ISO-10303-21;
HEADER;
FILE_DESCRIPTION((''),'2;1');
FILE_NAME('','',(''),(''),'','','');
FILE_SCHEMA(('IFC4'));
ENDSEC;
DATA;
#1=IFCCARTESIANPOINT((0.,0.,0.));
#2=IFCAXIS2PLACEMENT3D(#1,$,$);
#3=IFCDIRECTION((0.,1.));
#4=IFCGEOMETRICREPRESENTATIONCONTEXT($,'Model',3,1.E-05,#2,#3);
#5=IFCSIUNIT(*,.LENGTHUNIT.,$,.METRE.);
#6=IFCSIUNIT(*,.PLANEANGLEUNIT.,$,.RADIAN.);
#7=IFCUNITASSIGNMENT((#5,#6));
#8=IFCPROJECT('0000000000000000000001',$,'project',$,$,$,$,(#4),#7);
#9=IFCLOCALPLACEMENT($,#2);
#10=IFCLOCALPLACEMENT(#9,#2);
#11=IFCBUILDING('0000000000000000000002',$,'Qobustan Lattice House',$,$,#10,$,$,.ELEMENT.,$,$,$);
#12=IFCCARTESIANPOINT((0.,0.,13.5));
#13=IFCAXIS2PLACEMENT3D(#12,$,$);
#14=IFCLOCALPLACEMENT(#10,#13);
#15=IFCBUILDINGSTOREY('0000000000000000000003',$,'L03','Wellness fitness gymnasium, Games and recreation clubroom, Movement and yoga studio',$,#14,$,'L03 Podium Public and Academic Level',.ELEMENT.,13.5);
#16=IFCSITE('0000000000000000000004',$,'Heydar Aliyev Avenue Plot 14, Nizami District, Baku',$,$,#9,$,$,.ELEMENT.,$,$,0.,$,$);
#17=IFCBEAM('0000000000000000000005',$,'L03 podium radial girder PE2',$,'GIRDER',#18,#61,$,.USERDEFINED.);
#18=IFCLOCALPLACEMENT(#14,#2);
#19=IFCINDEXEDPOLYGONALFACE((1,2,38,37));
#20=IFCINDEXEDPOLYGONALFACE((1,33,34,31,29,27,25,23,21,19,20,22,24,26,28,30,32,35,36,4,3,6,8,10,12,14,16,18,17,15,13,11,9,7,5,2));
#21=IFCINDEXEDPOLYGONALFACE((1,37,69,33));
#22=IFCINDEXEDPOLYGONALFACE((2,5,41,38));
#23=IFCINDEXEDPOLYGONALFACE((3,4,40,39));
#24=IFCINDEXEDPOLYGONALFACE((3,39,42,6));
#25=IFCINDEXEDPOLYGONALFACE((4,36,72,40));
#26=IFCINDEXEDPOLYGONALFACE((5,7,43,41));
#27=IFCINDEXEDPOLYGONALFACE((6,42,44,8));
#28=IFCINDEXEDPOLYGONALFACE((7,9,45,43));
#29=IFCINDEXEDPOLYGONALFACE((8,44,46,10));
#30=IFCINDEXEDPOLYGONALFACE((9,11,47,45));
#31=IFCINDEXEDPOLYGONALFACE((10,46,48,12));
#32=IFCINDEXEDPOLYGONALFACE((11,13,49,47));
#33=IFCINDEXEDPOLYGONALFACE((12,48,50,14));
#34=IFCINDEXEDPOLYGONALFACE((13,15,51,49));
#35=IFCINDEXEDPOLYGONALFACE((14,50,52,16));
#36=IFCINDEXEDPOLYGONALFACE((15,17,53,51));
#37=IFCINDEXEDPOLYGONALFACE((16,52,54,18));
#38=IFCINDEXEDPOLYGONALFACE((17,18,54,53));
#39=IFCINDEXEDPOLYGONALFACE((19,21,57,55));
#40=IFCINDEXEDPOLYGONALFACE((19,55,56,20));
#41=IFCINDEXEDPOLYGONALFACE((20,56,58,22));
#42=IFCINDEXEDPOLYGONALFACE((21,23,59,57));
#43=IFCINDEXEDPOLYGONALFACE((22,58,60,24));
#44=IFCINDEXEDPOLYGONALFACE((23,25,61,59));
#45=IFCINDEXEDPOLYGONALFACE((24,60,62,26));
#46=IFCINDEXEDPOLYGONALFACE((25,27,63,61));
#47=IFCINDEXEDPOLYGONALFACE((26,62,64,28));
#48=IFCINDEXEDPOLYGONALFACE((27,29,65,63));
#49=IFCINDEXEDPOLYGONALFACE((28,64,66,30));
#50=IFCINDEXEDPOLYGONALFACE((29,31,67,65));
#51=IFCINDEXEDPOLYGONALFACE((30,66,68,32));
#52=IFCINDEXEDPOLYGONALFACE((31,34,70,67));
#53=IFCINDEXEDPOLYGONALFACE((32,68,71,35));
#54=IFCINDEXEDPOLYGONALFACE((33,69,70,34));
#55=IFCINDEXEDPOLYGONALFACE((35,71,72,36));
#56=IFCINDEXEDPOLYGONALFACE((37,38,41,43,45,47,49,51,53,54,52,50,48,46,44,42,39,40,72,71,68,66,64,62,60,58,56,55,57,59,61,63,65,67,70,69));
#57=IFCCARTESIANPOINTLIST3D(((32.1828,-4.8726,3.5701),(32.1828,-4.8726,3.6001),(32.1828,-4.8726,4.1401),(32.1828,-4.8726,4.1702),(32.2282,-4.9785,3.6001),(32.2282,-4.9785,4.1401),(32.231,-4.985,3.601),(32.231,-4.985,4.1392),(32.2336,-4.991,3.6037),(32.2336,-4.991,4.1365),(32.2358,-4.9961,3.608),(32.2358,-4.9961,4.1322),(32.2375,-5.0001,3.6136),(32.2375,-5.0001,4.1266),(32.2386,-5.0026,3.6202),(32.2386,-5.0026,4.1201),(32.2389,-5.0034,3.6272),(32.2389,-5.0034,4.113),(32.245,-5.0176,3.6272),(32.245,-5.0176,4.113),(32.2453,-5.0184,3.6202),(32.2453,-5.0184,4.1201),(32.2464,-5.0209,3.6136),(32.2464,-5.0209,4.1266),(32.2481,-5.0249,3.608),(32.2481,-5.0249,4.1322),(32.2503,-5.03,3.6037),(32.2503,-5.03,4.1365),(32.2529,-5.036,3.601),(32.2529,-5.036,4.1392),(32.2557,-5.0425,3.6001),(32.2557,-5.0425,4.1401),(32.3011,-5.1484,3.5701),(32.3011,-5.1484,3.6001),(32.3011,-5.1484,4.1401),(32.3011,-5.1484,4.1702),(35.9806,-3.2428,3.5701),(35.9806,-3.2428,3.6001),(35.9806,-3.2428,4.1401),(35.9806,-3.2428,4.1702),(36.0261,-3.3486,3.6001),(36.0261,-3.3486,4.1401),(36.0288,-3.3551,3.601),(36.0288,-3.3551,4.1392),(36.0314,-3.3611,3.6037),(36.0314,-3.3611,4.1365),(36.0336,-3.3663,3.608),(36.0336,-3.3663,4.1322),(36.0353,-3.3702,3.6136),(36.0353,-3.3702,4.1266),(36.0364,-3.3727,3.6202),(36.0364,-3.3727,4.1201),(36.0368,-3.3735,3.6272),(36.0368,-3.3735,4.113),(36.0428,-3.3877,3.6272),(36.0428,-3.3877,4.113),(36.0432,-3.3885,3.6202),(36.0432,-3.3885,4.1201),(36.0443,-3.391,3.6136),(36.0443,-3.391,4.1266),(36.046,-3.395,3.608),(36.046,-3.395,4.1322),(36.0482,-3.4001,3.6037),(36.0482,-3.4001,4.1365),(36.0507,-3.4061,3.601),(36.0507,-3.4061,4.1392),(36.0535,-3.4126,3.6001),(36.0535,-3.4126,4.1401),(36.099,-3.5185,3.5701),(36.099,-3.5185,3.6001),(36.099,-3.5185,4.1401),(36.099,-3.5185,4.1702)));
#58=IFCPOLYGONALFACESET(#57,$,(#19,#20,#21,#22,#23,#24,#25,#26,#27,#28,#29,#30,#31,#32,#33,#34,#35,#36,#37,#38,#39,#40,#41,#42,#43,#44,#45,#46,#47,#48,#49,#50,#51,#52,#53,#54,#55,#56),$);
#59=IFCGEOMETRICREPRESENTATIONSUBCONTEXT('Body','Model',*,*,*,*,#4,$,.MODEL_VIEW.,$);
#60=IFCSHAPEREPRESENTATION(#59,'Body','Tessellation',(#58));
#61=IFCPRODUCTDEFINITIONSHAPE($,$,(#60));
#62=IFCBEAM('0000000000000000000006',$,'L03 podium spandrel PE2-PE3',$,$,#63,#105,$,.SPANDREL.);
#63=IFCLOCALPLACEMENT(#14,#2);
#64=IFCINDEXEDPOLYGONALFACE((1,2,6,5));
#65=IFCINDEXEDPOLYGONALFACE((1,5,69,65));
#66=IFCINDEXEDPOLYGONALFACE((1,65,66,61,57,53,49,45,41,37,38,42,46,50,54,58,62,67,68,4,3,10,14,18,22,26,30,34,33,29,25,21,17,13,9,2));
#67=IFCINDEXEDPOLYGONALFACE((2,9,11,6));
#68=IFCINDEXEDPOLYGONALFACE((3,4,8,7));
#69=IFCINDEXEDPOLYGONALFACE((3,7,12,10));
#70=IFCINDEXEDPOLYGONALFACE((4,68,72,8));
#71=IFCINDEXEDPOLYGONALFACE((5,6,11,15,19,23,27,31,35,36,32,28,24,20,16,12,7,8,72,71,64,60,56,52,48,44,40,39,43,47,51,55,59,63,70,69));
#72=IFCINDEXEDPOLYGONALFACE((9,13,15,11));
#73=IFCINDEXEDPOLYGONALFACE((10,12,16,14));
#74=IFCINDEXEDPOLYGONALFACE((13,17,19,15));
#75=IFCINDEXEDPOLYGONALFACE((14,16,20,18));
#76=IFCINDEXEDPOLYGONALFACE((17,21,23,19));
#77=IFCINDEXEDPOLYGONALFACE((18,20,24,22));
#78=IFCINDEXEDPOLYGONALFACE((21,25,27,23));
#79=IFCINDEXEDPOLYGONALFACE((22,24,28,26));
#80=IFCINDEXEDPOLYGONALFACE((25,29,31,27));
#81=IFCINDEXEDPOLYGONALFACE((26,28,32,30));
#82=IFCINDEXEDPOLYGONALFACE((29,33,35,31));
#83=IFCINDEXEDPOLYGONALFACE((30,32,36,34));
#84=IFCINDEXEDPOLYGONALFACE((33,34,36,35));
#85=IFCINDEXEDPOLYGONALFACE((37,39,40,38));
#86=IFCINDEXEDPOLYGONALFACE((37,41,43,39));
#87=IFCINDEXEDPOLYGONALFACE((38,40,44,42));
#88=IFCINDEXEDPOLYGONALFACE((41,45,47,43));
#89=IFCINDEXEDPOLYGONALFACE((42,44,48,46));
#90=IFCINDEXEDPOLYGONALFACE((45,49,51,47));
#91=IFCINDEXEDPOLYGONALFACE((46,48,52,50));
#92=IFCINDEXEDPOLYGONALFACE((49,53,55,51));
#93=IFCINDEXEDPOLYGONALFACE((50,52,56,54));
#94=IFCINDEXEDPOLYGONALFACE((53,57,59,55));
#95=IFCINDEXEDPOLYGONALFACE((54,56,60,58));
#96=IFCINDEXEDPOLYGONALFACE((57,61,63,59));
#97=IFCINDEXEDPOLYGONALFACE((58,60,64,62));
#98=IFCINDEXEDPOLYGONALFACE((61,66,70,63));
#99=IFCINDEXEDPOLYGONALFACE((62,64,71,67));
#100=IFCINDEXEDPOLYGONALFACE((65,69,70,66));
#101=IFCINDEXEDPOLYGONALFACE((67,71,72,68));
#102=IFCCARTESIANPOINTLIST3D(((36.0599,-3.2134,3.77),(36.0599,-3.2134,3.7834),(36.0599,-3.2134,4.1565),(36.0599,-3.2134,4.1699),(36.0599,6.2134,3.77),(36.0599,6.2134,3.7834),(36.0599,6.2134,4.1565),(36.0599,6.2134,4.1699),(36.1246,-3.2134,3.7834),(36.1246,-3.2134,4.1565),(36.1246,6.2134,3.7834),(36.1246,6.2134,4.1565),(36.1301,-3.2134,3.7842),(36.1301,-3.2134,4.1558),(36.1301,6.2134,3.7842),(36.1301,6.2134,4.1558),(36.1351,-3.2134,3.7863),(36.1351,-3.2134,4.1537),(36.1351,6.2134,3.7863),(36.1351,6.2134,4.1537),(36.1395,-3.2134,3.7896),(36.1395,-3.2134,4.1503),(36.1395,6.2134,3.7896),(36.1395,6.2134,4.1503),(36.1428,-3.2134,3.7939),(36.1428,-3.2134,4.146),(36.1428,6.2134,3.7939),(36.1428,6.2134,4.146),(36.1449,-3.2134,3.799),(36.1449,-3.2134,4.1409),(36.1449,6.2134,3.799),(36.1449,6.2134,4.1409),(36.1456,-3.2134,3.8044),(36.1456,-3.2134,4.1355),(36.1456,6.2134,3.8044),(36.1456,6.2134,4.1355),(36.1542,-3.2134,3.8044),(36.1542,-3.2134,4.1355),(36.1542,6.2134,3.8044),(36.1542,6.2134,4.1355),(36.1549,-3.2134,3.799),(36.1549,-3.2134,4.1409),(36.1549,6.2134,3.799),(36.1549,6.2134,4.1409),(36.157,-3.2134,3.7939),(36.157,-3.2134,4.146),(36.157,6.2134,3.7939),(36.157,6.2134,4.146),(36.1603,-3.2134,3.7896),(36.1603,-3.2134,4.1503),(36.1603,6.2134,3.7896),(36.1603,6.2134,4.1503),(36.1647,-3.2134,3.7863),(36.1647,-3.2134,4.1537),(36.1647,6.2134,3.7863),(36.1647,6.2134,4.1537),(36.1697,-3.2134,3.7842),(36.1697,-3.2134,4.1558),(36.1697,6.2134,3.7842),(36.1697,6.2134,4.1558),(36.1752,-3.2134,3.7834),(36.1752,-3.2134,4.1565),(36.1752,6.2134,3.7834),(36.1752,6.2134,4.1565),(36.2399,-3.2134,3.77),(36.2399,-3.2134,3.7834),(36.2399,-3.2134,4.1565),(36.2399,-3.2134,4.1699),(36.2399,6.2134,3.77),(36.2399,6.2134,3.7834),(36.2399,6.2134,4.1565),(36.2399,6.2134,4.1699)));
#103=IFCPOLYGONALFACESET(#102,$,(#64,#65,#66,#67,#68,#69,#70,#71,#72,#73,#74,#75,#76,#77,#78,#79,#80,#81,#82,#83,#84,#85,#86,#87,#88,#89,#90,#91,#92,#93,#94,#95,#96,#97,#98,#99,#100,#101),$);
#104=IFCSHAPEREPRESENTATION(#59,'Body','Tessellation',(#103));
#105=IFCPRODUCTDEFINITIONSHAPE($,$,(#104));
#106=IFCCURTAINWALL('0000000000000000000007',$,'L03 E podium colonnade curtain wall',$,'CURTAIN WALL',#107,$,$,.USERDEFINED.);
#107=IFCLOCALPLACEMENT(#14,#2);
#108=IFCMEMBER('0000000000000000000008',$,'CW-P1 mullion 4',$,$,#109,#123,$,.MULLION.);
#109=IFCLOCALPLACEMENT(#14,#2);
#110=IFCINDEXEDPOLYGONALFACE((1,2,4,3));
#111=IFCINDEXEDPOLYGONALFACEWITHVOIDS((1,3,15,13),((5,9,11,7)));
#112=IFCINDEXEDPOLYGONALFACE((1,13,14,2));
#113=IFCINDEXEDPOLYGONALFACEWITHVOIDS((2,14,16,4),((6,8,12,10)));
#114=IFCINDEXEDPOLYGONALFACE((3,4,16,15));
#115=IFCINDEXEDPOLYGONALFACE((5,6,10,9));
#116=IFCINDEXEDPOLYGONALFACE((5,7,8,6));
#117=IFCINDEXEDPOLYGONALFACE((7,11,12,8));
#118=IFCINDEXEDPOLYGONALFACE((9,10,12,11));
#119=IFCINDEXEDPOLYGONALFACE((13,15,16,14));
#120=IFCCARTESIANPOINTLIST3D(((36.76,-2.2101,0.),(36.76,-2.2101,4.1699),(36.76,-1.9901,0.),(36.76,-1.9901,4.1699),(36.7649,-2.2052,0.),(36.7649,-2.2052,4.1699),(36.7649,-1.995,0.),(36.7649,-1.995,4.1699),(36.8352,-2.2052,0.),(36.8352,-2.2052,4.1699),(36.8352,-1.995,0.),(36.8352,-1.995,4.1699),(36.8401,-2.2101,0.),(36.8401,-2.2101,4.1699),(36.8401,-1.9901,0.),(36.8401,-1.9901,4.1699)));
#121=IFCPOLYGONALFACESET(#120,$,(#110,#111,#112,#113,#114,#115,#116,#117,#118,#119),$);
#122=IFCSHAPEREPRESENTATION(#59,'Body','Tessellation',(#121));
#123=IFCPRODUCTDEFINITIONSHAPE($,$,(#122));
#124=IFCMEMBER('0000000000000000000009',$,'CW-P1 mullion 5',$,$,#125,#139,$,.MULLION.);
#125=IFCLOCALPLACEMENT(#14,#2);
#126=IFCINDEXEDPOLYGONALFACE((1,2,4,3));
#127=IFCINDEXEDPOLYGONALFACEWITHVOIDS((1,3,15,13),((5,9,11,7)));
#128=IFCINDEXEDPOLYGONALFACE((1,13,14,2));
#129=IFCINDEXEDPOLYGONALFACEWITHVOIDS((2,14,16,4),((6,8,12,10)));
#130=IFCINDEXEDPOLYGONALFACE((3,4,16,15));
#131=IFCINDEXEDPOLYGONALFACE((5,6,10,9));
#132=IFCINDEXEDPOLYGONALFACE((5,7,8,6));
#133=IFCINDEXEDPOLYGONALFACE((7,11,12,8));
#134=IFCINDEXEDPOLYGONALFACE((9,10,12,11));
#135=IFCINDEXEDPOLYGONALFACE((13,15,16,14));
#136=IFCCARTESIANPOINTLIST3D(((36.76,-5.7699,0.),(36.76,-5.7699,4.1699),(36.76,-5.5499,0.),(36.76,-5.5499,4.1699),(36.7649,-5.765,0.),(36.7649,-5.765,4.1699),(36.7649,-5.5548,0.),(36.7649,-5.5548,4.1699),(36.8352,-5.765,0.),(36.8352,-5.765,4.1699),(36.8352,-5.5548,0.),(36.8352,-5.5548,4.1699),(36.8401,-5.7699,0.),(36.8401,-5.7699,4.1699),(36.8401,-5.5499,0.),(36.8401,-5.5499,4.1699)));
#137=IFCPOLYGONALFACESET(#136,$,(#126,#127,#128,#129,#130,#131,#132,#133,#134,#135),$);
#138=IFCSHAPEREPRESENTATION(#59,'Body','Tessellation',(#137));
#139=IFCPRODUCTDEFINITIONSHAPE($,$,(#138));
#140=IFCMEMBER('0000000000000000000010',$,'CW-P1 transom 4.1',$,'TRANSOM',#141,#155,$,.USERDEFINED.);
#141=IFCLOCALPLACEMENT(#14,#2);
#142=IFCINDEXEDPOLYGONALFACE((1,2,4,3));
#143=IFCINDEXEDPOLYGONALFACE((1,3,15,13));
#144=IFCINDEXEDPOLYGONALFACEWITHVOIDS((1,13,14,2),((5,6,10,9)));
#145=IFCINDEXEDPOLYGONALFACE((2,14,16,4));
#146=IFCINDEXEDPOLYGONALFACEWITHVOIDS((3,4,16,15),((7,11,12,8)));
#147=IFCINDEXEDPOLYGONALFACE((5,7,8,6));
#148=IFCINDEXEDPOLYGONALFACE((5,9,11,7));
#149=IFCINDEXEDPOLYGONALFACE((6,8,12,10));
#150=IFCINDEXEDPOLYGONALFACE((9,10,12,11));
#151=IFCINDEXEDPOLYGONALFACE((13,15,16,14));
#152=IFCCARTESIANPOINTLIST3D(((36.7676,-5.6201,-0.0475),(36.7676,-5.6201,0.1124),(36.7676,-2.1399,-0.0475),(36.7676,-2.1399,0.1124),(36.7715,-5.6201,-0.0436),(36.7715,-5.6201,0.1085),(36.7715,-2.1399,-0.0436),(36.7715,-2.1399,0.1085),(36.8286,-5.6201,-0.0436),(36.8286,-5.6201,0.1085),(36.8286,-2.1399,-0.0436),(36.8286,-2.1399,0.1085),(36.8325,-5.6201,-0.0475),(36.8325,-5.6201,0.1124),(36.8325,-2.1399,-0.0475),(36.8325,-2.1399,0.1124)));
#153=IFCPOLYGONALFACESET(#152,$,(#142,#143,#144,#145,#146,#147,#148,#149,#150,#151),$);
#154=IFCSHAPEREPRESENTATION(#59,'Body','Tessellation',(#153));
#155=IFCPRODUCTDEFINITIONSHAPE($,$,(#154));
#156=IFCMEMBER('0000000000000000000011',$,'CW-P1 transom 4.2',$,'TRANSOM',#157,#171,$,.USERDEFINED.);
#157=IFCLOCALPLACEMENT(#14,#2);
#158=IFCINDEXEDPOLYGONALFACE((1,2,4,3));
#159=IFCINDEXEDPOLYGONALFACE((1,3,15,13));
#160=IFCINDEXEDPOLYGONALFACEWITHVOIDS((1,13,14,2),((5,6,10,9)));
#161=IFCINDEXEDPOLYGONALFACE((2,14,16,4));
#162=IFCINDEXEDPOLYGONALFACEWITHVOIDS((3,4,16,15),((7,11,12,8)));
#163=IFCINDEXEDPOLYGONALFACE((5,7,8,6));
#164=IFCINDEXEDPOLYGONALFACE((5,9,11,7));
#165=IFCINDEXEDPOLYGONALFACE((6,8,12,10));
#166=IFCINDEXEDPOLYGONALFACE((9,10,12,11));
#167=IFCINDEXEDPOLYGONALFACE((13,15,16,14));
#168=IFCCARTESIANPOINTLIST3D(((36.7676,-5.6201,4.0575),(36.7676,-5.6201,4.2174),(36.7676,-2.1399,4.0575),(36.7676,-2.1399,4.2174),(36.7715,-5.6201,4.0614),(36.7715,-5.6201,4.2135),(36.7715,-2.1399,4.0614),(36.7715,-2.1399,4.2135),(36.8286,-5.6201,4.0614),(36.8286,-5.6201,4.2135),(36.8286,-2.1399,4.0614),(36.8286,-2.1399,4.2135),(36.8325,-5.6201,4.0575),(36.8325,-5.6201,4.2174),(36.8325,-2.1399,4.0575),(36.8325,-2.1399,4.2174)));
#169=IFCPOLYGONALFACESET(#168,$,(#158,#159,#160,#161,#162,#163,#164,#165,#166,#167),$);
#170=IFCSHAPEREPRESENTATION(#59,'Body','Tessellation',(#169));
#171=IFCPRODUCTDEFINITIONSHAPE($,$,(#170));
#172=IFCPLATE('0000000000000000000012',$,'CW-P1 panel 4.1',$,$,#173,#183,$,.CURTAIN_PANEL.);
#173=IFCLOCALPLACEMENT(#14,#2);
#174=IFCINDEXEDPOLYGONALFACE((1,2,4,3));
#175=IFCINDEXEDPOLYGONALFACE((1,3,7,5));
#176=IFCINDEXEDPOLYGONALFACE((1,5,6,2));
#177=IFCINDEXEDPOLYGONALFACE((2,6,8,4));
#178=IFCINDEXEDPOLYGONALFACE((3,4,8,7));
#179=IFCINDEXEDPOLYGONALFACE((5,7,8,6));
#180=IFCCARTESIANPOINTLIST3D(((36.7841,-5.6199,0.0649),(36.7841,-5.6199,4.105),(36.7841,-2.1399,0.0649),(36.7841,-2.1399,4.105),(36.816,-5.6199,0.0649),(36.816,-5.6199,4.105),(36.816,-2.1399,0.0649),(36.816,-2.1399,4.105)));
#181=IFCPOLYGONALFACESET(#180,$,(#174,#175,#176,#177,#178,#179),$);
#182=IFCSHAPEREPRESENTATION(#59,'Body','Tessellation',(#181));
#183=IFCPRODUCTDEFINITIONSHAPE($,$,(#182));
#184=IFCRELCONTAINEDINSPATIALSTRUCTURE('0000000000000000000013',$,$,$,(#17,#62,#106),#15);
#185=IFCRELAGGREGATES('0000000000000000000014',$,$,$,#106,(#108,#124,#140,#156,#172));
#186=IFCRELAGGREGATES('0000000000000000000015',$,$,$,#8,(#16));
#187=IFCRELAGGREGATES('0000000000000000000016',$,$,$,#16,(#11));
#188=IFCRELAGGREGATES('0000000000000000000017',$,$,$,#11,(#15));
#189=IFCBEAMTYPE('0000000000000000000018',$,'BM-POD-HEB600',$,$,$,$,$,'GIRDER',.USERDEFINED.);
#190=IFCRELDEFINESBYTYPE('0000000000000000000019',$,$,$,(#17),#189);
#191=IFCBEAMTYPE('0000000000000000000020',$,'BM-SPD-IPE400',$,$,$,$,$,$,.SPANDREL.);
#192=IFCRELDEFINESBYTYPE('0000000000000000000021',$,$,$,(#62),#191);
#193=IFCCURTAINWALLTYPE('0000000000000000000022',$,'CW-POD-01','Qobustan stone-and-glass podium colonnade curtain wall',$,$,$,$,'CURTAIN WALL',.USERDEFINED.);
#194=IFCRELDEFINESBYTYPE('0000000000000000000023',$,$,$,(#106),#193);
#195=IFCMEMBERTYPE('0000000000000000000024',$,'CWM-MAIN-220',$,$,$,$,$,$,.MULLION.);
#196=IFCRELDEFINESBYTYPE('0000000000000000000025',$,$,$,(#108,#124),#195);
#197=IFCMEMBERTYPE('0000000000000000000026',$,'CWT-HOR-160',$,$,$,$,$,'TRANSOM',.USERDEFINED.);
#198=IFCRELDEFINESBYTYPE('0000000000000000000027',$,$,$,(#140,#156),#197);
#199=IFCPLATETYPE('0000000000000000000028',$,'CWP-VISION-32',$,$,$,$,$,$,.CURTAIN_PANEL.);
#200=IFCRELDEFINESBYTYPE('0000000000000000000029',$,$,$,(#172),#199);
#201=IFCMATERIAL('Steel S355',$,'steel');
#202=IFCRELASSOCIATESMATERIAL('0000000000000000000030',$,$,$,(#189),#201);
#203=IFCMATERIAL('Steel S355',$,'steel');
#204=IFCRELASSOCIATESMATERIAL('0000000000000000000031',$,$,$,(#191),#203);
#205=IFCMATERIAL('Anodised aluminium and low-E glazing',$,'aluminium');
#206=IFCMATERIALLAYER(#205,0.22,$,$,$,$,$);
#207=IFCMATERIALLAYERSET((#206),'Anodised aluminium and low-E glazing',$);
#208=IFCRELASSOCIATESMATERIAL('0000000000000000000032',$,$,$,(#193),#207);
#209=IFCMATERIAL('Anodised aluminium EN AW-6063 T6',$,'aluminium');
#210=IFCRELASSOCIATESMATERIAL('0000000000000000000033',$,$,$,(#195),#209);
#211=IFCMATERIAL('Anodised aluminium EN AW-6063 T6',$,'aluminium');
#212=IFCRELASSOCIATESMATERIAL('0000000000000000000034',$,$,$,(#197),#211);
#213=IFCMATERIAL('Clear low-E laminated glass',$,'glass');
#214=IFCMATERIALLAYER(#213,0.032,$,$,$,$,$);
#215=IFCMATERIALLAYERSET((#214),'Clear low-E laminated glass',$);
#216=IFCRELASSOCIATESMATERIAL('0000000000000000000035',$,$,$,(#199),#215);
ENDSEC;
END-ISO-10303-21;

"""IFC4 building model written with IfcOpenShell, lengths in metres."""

from ifc_helpers import new_model, si_unit, direction, frame, origin, origin_2d, place, context, subcontext, project, spatial, rectangle, hollow_rectangle, i_section, extrude, material, layer, layer_set, material_profile, profile_set, type_object, element, aggregate, save


model = new_model("IFC4")

# Units and contexts
model_context = context("Model", 3, precision=1e-05, world=origin(), true_north=direction((0.0, 1.0)))
body_context = subcontext(model_context, "Body", "Model", "MODEL_VIEW")
ifc_project = project(units=[si_unit("LENGTHUNIT", "METRE"), si_unit("PLANEANGLEUNIT", "RADIAN")], contexts=[model_context])

# Site, building, storey
site_placement = place(None, origin())
site = spatial("IfcSite", under=ifc_project, at=site_placement, Name="Heydar Aliyev Avenue Plot 14, Nizami District, Baku", CompositionType="ELEMENT", RefElevation=0.0)
building_placement = place(site_placement, origin())
building = spatial("IfcBuilding", under=site, at=building_placement, Name="Qobustan Lattice House", CompositionType="ELEMENT")
storey_placement = place(building_placement, frame((0.0, 0.0, 13.5)))
storey = spatial("IfcBuildingStorey", under=building, at=storey_placement, Name="L03", Description="Wellness fitness gymnasium, Games and recreation clubroom, Movement and yoga studio", LongName="L03 Podium Public and Academic Level", CompositionType="ELEMENT", Elevation=13.5)

# Beams
ifc_material_1 = material(Name="Steel S355", Category="steel")
ifc_material_profile_1 = material_profile(ifc_material_1, i_section(OverallWidth=0.3, OverallDepth=0.6001, WebThickness=0.0154, FlangeThickness=0.03, FilletRadius=0.0271, at=origin_2d()), Name="HEB600")
ifc_profile_set_1 = profile_set([ifc_material_profile_1], Name="Steel S355")
beam_type_1 = type_object("IfcBeamType", Name="BM-POD-HEB600", ElementType="GIRDER", PredefinedType="USERDEFINED", material=ifc_profile_set_1)
beam_1_placement = place(storey_placement, frame((36.0398, -3.3806, 3.8701), z_axis=(-0.918949, -0.394376, 0.0), x_axis=(0.394376, -0.918949, 0.0)))
element("IfcBeam", 1, at=beam_1_placement, inside=storey, type_object=beam_type_1, Name="L03 podium radial girder PE2", ObjectType="GIRDER", PredefinedType="USERDEFINED", context=body_context, shape_type="SweptSolid", body=[
    extrude(i_section(OverallWidth=0.3, OverallDepth=0.6001, WebThickness=0.0154, FlangeThickness=0.03, FilletRadius=0.0271, at=origin_2d()), origin(), (0.0, 0.0, 1.0), 4.1328),
])
ifc_material_2 = material(Name="Steel S355", Category="steel")
ifc_material_profile_2 = material_profile(ifc_material_2, i_section(OverallWidth=0.1799, OverallDepth=0.3999, WebThickness=0.0085, FlangeThickness=0.0134, FilletRadius=0.021, at=origin_2d()), Name="IPE400")
ifc_profile_set_2 = profile_set([ifc_material_profile_2], Name="Steel S355")
beam_type_2 = type_object("IfcBeamType", Name="BM-SPD-IPE400", PredefinedType="SPANDREL", material=ifc_profile_set_2)
beam_2_placement = place(storey_placement, frame((36.1499, -3.2134, 3.97), z_axis=(0.0, 1.0, 0.0), x_axis=(-1.0, 0.0, 0.0)))
element("IfcBeam", 2, at=beam_2_placement, inside=storey, type_object=beam_type_2, Name="L03 podium spandrel PE2-PE3", PredefinedType="SPANDREL", context=body_context, shape_type="SweptSolid", body=[
    extrude(i_section(OverallWidth=0.1799, OverallDepth=0.3999, WebThickness=0.0085, FlangeThickness=0.0134, FilletRadius=0.021, at=origin_2d()), origin(), (0.0, 0.0, 1.0), 9.4268),
])

# Curtain wall, members, plate
ifc_material_3 = material(Name="Anodised aluminium and low-E glazing", Category="aluminium")
ifc_layer_1 = layer(ifc_material_3, 0.22)
ifc_layer_set_1 = layer_set([ifc_layer_1], Name="Anodised aluminium and low-E glazing")
curtain_wall_type = type_object("IfcCurtainWallType", Name="CW-POD-01", Description="Qobustan stone-and-glass podium colonnade curtain wall", ElementType="CURTAIN WALL", PredefinedType="USERDEFINED", material=ifc_layer_set_1)
curtain_wall_placement = place(storey_placement, origin())
curtain_wall = element("IfcCurtainWall", 3, at=curtain_wall_placement, inside=storey, type_object=curtain_wall_type, Name="L03 E podium colonnade curtain wall", ObjectType="CURTAIN WALL", PredefinedType="USERDEFINED")
ifc_material_4 = material(Name="Anodised aluminium EN AW-6063 T6", Category="aluminium")
ifc_material_profile_3 = material_profile(ifc_material_4, hollow_rectangle(XDim=0.0801, YDim=0.22, WallThickness=0.0049, at=origin_2d()), Name="CWM-220x80")
ifc_profile_set_3 = profile_set([ifc_material_profile_3], Name="Anodised aluminium EN AW-6063 T6")
member_type_1 = type_object("IfcMemberType", Name="CWM-MAIN-220", PredefinedType="MULLION", material=ifc_profile_set_3)
member_1_placement = place(storey_placement, frame((36.8, -2.1001, 0.0), z_axis=(0.0, 0.0, 1.0), x_axis=(1.0, 0.0, 0.0)))
member_1 = element("IfcMember", 4, at=member_1_placement, type_object=member_type_1, Name="CW-P1 mullion 4", PredefinedType="MULLION", context=body_context, shape_type="SweptSolid", body=[
    extrude(hollow_rectangle(XDim=0.0801, YDim=0.22, WallThickness=0.0049, at=origin_2d()), origin(), (0.0, 0.0, 1.0), 4.1699),
])
member_2_placement = place(storey_placement, frame((36.8, -5.6599, 0.0), z_axis=(0.0, 0.0, 1.0), x_axis=(1.0, 0.0, 0.0)))
member_2 = element("IfcMember", 5, at=member_2_placement, type_object=member_type_1, Name="CW-P1 mullion 5", PredefinedType="MULLION", context=body_context, shape_type="SweptSolid", body=[
    extrude(hollow_rectangle(XDim=0.0801, YDim=0.22, WallThickness=0.0049, at=origin_2d()), origin(), (0.0, 0.0, 1.0), 4.1699),
])
ifc_material_5 = material(Name="Anodised aluminium EN AW-6063 T6", Category="aluminium")
ifc_material_profile_4 = material_profile(ifc_material_5, hollow_rectangle(XDim=0.0649, YDim=0.1599, WallThickness=0.0039, at=origin_2d()), Name="CWT-160x65")
ifc_profile_set_4 = profile_set([ifc_material_profile_4], Name="Anodised aluminium EN AW-6063 T6")
member_type_2 = type_object("IfcMemberType", Name="CWT-HOR-160", ElementType="TRANSOM", PredefinedType="USERDEFINED", material=ifc_profile_set_4)
member_3_placement = place(storey_placement, frame((36.8, -2.1399, 0.0325), z_axis=(0.0, -1.0, 0.0), x_axis=(1.0, 0.0, 0.0)))
member_3 = element("IfcMember", 6, at=member_3_placement, type_object=member_type_2, Name="CW-P1 transom 4.1", ObjectType="TRANSOM", PredefinedType="USERDEFINED", context=body_context, shape_type="SweptSolid", body=[
    extrude(hollow_rectangle(XDim=0.0649, YDim=0.1599, WallThickness=0.0039, at=origin_2d()), origin(), (0.0, 0.0, 1.0), 3.4802),
])
member_4_placement = place(storey_placement, frame((36.8, -2.1399, 4.1375), z_axis=(0.0, -1.0, 0.0), x_axis=(1.0, 0.0, 0.0)))
member_4 = element("IfcMember", 7, at=member_4_placement, type_object=member_type_2, Name="CW-P1 transom 4.2", ObjectType="TRANSOM", PredefinedType="USERDEFINED", context=body_context, shape_type="SweptSolid", body=[
    extrude(hollow_rectangle(XDim=0.0649, YDim=0.1599, WallThickness=0.0039, at=origin_2d()), origin(), (0.0, 0.0, 1.0), 3.4802),
])
ifc_material_6 = material(Name="Clear low-E laminated glass", Category="glass")
ifc_layer_2 = layer(ifc_material_6, 0.032)
ifc_layer_set_2 = layer_set([ifc_layer_2], Name="Clear low-E laminated glass")
plate_type = type_object("IfcPlateType", Name="CWP-VISION-32", PredefinedType="CURTAIN_PANEL", material=ifc_layer_set_2)
plate_placement = place(storey_placement, frame((36.8, -3.8799, 0.0649), z_axis=(0.0, 0.0, 1.0), x_axis=(0.0, -1.0, 0.0)))
plate = element("IfcPlate", 8, at=plate_placement, type_object=plate_type, Name="CW-P1 panel 4.1", PredefinedType="CURTAIN_PANEL", context=body_context, shape_type="SweptSolid", body=[
    extrude(rectangle(XDim=3.48, YDim=0.032, at=origin_2d()), origin(), (0.0, 0.0, 1.0), 4.04),
])
aggregate(curtain_wall, [member_1, member_2, member_3, member_4, plate])

save(model, "model.ifc")
